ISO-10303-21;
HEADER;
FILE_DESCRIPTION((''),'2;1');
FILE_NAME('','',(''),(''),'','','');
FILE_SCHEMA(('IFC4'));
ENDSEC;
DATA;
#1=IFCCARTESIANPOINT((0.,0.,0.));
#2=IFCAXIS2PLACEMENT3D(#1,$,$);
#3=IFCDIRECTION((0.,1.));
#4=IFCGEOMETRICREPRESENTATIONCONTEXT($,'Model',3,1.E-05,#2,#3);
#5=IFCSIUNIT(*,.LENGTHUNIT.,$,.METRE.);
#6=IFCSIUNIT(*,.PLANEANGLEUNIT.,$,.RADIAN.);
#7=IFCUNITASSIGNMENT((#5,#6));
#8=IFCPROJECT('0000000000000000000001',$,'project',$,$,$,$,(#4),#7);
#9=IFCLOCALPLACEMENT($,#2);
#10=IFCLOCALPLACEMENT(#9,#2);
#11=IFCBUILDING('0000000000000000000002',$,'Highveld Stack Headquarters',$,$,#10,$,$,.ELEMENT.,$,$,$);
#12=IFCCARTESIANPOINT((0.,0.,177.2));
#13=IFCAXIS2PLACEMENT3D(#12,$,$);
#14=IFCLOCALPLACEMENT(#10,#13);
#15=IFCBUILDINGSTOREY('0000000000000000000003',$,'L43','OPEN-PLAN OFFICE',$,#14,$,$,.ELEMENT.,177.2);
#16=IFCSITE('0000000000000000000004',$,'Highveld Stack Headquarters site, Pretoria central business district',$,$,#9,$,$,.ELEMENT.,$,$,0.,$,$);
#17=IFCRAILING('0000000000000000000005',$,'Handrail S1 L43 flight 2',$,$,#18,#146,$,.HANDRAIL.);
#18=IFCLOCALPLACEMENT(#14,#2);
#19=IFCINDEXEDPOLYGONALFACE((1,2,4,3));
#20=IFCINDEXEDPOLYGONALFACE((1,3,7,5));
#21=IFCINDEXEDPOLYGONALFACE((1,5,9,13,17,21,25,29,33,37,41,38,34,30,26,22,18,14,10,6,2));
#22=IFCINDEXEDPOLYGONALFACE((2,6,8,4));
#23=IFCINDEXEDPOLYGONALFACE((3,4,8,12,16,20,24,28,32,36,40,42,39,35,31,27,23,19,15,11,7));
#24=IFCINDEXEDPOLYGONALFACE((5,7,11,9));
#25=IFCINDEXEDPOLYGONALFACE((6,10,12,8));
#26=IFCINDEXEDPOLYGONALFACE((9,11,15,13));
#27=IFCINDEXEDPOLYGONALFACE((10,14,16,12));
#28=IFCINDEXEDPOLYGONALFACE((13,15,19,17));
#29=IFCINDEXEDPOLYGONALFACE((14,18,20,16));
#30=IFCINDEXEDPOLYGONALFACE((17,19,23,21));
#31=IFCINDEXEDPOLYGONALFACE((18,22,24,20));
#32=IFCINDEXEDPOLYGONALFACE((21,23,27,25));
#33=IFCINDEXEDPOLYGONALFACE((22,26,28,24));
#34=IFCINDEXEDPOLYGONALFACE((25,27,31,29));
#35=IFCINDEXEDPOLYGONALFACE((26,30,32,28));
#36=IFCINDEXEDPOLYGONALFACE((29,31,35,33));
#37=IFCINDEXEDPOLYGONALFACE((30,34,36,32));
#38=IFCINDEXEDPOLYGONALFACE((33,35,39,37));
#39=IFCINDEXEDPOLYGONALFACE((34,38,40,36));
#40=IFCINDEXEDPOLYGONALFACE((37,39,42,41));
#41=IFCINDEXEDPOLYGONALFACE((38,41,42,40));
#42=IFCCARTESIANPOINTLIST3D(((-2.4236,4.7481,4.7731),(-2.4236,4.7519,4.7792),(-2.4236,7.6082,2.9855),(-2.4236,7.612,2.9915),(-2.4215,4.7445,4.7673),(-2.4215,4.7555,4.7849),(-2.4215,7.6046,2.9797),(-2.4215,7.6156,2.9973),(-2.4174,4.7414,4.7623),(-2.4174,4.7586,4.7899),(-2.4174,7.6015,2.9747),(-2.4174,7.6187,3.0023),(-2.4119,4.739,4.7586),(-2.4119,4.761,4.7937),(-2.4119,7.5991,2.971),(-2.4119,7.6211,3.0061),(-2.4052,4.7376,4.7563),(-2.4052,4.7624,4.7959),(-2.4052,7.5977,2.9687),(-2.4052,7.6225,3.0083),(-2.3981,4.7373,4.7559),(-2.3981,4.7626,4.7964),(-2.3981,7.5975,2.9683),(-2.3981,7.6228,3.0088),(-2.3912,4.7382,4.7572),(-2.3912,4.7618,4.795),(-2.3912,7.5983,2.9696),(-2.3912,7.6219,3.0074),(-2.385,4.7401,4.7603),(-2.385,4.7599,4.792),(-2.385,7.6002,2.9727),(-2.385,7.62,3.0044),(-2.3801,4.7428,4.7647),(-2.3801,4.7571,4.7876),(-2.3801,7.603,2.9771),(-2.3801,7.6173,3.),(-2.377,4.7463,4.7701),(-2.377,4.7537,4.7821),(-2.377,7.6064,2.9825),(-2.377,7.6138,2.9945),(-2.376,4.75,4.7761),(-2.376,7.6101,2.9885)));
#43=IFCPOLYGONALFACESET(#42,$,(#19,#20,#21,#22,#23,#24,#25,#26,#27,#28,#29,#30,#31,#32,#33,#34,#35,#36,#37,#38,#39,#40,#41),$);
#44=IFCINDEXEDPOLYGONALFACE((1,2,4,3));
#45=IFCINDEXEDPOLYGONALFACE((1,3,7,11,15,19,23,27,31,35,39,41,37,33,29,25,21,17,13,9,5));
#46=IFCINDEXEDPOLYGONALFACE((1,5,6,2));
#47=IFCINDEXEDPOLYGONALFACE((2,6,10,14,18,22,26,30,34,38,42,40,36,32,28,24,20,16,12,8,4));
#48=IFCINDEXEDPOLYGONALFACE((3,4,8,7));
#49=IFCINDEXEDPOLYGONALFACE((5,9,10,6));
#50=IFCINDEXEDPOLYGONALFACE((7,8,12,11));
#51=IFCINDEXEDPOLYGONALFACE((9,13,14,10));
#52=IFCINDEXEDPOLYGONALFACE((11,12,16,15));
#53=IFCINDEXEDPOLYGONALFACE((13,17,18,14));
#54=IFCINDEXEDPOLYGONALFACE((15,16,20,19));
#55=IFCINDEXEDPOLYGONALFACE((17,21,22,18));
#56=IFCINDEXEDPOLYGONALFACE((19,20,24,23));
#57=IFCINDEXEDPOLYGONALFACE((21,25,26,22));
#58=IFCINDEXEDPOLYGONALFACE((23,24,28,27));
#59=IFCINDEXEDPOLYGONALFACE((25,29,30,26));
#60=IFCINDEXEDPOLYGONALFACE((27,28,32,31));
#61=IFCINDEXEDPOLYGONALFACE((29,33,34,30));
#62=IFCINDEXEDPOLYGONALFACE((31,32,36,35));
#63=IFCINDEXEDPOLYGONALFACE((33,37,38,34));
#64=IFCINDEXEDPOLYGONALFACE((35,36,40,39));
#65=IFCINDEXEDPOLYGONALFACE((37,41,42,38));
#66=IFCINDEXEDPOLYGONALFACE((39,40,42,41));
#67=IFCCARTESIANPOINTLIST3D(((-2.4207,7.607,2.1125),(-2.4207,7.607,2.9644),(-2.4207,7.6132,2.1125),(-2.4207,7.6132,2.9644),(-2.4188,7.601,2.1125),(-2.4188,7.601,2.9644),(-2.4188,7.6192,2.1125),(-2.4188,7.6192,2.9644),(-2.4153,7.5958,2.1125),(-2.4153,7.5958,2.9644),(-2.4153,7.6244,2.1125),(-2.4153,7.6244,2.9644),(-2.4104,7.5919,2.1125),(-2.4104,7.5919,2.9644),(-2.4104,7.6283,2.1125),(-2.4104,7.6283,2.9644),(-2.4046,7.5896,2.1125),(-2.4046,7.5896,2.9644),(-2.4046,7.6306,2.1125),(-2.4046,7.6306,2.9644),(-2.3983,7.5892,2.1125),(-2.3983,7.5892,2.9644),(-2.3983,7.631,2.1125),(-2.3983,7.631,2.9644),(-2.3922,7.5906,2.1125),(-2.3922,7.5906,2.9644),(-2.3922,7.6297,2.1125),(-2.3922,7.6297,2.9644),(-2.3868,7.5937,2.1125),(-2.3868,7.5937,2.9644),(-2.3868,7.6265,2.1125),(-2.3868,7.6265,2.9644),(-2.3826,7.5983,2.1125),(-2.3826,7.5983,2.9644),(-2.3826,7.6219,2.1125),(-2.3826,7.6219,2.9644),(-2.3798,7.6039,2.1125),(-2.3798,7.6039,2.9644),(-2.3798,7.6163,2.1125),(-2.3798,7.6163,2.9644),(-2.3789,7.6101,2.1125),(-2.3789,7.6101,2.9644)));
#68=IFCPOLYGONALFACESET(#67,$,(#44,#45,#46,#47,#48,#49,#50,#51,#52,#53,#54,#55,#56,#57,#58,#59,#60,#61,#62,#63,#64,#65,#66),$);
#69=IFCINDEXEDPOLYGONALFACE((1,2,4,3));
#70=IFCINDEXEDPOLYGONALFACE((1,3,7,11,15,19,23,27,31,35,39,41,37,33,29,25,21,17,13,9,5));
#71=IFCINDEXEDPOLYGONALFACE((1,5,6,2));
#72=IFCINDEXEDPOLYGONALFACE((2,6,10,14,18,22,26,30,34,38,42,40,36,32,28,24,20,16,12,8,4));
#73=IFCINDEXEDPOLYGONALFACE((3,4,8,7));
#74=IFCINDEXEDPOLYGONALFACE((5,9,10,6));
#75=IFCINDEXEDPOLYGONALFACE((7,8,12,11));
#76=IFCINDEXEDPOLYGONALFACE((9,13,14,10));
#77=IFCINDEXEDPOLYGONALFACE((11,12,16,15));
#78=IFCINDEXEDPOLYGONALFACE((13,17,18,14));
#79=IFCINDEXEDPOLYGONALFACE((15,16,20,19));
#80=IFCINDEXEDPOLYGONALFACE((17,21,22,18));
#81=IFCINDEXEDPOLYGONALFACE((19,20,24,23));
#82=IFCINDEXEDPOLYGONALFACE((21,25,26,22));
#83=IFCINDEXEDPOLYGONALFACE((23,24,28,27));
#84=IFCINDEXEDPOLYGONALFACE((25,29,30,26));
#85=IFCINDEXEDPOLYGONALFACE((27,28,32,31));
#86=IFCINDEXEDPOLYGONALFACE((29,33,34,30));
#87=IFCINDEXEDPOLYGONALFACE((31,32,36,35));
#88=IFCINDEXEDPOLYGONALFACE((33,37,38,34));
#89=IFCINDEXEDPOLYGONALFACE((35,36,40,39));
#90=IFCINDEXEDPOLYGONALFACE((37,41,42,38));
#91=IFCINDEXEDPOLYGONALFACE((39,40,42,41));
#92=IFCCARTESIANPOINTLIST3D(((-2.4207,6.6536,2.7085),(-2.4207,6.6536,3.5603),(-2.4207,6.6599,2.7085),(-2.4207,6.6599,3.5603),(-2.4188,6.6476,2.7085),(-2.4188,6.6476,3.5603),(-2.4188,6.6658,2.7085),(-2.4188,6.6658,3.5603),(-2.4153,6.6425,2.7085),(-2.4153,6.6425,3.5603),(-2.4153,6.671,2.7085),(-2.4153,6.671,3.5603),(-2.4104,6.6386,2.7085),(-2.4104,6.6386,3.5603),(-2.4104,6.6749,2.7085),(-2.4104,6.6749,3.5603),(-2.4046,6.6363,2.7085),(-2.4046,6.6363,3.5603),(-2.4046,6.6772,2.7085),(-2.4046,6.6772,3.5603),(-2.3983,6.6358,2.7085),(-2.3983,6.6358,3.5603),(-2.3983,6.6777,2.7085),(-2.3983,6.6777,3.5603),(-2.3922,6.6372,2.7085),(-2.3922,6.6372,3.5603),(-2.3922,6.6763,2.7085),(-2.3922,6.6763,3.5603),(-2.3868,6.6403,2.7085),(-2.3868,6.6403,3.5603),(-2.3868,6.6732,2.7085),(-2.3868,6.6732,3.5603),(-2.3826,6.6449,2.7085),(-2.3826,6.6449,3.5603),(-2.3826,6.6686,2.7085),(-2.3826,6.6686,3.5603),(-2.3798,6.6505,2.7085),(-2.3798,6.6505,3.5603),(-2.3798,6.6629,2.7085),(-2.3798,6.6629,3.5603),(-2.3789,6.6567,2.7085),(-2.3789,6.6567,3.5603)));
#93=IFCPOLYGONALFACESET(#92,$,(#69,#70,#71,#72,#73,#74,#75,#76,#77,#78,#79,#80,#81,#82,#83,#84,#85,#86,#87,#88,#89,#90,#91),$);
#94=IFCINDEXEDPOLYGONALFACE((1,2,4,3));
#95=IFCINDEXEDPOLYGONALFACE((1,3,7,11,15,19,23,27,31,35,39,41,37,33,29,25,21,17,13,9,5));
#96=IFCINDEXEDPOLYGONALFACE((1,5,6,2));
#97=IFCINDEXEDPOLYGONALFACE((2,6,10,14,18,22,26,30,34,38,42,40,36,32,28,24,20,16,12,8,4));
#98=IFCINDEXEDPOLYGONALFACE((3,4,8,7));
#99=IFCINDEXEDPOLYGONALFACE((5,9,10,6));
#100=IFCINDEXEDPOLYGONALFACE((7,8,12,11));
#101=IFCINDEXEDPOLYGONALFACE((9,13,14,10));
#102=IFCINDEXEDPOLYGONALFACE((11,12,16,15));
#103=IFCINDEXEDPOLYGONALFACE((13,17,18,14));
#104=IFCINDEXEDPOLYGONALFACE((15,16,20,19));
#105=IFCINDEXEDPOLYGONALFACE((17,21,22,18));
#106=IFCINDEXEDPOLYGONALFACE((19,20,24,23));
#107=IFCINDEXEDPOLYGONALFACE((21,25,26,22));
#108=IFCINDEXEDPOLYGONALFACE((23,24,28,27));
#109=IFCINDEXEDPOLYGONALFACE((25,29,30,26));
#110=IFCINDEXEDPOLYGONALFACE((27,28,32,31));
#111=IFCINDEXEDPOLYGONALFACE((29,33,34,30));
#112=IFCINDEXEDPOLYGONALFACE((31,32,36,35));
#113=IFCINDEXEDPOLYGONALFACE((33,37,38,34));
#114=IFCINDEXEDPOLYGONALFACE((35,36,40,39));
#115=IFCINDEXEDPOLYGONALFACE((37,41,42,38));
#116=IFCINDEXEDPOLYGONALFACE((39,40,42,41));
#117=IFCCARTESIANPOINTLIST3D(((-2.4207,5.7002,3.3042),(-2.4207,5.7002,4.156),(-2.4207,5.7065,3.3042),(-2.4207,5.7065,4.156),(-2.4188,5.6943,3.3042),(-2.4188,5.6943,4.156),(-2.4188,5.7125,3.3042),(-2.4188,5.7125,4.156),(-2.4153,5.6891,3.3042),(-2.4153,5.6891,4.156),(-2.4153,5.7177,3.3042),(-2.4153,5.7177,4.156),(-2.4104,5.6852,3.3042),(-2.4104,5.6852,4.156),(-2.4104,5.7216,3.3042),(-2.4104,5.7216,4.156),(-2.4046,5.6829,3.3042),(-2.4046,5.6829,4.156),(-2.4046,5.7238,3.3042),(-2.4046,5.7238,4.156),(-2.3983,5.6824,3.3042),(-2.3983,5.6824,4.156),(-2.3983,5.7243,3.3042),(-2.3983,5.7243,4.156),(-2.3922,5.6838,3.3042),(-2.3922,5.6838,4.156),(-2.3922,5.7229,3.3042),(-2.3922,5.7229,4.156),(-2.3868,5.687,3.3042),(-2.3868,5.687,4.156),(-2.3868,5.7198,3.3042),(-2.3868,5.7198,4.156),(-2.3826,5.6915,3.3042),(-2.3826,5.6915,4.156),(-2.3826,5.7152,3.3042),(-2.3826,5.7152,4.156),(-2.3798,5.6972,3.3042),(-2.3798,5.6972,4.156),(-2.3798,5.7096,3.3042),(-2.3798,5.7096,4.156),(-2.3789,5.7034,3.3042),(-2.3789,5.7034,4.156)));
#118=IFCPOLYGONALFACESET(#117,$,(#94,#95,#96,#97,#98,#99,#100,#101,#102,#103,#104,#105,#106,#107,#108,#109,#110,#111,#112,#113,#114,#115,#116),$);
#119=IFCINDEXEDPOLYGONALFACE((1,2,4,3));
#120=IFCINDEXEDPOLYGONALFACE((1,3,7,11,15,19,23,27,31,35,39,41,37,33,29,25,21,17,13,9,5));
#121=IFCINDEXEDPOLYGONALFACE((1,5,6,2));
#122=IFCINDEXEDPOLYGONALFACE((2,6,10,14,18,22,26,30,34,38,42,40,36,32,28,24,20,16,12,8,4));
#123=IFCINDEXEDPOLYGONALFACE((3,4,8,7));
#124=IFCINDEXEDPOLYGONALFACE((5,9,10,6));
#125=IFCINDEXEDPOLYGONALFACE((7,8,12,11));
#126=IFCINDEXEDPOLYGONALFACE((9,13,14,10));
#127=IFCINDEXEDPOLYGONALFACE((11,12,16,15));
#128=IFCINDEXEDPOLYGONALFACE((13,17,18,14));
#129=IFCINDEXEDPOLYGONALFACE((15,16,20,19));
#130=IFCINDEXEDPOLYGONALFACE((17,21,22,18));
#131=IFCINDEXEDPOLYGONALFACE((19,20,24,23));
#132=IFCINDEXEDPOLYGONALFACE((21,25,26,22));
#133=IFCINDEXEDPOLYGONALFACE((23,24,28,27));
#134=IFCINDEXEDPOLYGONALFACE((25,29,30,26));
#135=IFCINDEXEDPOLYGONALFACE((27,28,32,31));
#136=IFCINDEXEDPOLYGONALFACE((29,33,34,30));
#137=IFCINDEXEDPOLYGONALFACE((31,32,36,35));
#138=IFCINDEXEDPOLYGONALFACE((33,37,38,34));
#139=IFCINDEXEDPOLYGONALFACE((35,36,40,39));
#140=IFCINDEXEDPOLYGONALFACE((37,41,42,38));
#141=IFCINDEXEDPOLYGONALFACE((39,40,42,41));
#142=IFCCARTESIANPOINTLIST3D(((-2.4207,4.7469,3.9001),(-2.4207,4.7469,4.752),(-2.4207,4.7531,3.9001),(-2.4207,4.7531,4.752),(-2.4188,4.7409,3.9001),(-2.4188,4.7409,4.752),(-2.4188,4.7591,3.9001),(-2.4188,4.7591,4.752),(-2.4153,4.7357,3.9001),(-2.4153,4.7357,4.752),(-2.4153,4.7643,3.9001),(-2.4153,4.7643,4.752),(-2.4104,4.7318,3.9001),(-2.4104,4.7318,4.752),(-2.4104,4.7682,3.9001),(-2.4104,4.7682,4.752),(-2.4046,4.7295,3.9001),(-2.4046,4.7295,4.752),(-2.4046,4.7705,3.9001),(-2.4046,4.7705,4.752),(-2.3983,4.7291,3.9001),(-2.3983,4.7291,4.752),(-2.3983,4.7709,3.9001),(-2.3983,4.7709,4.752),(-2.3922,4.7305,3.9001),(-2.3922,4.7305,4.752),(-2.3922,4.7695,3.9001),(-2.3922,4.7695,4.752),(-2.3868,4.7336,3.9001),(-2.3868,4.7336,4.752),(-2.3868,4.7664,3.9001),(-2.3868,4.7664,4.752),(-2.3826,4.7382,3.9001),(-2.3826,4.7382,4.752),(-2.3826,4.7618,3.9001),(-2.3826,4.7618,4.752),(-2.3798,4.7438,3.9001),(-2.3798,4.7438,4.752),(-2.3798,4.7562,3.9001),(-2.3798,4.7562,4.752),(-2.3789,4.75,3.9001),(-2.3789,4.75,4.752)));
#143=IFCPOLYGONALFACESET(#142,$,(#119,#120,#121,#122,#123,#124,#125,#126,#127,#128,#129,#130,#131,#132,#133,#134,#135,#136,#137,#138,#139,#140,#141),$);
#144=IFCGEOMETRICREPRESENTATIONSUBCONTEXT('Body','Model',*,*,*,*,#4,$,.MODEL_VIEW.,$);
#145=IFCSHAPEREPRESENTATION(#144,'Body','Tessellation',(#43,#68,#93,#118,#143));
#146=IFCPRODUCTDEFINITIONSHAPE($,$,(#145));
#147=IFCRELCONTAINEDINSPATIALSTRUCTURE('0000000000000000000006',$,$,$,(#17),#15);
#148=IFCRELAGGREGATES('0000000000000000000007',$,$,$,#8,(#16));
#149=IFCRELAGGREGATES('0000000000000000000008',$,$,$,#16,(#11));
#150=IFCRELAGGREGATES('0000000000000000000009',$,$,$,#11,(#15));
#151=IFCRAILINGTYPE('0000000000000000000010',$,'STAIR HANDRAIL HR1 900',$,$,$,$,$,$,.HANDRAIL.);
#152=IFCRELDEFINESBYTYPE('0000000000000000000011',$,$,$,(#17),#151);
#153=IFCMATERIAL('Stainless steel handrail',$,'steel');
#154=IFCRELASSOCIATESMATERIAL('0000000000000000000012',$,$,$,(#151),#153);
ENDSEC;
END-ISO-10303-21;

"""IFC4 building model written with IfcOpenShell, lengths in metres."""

from ifc_helpers import new_model, si_unit, direction, frame, origin, origin_2d, place, context, subcontext, project, spatial, circle, extrude, material, type_object, element, save


model = new_model("IFC4")

# Units and contexts
model_context = context("Model", 3, precision=1e-05, world=origin(), true_north=direction((0.0, 1.0)))
body_context = subcontext(model_context, "Body", "Model", "MODEL_VIEW")
ifc_project = project(units=[si_unit("LENGTHUNIT", "METRE"), si_unit("PLANEANGLEUNIT", "RADIAN")], contexts=[model_context])

# Site, building, storey
site_placement = place(None, origin())
site = spatial("IfcSite", under=ifc_project, at=site_placement, Name="Highveld Stack Headquarters site, Pretoria central business district", CompositionType="ELEMENT", RefElevation=0.0)
building_placement = place(site_placement, origin())
building = spatial("IfcBuilding", under=site, at=building_placement, Name="Highveld Stack Headquarters", CompositionType="ELEMENT")
storey_placement = place(building_placement, frame((0.0, 0.0, 177.2)))
storey = spatial("IfcBuildingStorey", under=building, at=storey_placement, Name="L43", Description="OPEN-PLAN OFFICE", CompositionType="ELEMENT", Elevation=177.2)

# Railing
ifc_material_1 = material(Name="Stainless steel handrail", Category="steel")
railing_type = type_object("IfcRailingType", Name="STAIR HANDRAIL HR1 900", PredefinedType="HANDRAIL", material=ifc_material_1)
railing_placement = place(storey_placement, frame((-2.3999, 7.6101, 2.1125)))
element("IfcRailing", 1, at=railing_placement, inside=storey, type_object=railing_type, Name="Handrail S1 L43 flight 2", PredefinedType="HANDRAIL", context=body_context, shape_type="SweptSolid", body=[
    extrude(circle(Radius=0.0239, at=origin_2d()), frame((0.0, 0.0, 0.876), z_axis=(0.0, -0.847994, 0.530005), x_axis=(1.0, 0.0, 0.0)), (0.0, 0.0, 1.0), 3.3728),
    extrude(circle(Radius=0.021, at=origin_2d()), origin(), (0.0, 0.0, 1.0), 0.8518),
    extrude(circle(Radius=0.021, at=origin_2d()), frame((0.0, -0.9534, 0.5959)), (0.0, 0.0, 1.0), 0.8518),
    extrude(circle(Radius=0.021, at=origin_2d()), frame((0.0, -1.9067, 1.1917)), (0.0, 0.0, 1.0), 0.8518),
    extrude(circle(Radius=0.021, at=origin_2d()), frame((0.0, -2.8601, 1.7876)), (0.0, 0.0, 1.0), 0.8518),
])

save(model, "model.ifc")
